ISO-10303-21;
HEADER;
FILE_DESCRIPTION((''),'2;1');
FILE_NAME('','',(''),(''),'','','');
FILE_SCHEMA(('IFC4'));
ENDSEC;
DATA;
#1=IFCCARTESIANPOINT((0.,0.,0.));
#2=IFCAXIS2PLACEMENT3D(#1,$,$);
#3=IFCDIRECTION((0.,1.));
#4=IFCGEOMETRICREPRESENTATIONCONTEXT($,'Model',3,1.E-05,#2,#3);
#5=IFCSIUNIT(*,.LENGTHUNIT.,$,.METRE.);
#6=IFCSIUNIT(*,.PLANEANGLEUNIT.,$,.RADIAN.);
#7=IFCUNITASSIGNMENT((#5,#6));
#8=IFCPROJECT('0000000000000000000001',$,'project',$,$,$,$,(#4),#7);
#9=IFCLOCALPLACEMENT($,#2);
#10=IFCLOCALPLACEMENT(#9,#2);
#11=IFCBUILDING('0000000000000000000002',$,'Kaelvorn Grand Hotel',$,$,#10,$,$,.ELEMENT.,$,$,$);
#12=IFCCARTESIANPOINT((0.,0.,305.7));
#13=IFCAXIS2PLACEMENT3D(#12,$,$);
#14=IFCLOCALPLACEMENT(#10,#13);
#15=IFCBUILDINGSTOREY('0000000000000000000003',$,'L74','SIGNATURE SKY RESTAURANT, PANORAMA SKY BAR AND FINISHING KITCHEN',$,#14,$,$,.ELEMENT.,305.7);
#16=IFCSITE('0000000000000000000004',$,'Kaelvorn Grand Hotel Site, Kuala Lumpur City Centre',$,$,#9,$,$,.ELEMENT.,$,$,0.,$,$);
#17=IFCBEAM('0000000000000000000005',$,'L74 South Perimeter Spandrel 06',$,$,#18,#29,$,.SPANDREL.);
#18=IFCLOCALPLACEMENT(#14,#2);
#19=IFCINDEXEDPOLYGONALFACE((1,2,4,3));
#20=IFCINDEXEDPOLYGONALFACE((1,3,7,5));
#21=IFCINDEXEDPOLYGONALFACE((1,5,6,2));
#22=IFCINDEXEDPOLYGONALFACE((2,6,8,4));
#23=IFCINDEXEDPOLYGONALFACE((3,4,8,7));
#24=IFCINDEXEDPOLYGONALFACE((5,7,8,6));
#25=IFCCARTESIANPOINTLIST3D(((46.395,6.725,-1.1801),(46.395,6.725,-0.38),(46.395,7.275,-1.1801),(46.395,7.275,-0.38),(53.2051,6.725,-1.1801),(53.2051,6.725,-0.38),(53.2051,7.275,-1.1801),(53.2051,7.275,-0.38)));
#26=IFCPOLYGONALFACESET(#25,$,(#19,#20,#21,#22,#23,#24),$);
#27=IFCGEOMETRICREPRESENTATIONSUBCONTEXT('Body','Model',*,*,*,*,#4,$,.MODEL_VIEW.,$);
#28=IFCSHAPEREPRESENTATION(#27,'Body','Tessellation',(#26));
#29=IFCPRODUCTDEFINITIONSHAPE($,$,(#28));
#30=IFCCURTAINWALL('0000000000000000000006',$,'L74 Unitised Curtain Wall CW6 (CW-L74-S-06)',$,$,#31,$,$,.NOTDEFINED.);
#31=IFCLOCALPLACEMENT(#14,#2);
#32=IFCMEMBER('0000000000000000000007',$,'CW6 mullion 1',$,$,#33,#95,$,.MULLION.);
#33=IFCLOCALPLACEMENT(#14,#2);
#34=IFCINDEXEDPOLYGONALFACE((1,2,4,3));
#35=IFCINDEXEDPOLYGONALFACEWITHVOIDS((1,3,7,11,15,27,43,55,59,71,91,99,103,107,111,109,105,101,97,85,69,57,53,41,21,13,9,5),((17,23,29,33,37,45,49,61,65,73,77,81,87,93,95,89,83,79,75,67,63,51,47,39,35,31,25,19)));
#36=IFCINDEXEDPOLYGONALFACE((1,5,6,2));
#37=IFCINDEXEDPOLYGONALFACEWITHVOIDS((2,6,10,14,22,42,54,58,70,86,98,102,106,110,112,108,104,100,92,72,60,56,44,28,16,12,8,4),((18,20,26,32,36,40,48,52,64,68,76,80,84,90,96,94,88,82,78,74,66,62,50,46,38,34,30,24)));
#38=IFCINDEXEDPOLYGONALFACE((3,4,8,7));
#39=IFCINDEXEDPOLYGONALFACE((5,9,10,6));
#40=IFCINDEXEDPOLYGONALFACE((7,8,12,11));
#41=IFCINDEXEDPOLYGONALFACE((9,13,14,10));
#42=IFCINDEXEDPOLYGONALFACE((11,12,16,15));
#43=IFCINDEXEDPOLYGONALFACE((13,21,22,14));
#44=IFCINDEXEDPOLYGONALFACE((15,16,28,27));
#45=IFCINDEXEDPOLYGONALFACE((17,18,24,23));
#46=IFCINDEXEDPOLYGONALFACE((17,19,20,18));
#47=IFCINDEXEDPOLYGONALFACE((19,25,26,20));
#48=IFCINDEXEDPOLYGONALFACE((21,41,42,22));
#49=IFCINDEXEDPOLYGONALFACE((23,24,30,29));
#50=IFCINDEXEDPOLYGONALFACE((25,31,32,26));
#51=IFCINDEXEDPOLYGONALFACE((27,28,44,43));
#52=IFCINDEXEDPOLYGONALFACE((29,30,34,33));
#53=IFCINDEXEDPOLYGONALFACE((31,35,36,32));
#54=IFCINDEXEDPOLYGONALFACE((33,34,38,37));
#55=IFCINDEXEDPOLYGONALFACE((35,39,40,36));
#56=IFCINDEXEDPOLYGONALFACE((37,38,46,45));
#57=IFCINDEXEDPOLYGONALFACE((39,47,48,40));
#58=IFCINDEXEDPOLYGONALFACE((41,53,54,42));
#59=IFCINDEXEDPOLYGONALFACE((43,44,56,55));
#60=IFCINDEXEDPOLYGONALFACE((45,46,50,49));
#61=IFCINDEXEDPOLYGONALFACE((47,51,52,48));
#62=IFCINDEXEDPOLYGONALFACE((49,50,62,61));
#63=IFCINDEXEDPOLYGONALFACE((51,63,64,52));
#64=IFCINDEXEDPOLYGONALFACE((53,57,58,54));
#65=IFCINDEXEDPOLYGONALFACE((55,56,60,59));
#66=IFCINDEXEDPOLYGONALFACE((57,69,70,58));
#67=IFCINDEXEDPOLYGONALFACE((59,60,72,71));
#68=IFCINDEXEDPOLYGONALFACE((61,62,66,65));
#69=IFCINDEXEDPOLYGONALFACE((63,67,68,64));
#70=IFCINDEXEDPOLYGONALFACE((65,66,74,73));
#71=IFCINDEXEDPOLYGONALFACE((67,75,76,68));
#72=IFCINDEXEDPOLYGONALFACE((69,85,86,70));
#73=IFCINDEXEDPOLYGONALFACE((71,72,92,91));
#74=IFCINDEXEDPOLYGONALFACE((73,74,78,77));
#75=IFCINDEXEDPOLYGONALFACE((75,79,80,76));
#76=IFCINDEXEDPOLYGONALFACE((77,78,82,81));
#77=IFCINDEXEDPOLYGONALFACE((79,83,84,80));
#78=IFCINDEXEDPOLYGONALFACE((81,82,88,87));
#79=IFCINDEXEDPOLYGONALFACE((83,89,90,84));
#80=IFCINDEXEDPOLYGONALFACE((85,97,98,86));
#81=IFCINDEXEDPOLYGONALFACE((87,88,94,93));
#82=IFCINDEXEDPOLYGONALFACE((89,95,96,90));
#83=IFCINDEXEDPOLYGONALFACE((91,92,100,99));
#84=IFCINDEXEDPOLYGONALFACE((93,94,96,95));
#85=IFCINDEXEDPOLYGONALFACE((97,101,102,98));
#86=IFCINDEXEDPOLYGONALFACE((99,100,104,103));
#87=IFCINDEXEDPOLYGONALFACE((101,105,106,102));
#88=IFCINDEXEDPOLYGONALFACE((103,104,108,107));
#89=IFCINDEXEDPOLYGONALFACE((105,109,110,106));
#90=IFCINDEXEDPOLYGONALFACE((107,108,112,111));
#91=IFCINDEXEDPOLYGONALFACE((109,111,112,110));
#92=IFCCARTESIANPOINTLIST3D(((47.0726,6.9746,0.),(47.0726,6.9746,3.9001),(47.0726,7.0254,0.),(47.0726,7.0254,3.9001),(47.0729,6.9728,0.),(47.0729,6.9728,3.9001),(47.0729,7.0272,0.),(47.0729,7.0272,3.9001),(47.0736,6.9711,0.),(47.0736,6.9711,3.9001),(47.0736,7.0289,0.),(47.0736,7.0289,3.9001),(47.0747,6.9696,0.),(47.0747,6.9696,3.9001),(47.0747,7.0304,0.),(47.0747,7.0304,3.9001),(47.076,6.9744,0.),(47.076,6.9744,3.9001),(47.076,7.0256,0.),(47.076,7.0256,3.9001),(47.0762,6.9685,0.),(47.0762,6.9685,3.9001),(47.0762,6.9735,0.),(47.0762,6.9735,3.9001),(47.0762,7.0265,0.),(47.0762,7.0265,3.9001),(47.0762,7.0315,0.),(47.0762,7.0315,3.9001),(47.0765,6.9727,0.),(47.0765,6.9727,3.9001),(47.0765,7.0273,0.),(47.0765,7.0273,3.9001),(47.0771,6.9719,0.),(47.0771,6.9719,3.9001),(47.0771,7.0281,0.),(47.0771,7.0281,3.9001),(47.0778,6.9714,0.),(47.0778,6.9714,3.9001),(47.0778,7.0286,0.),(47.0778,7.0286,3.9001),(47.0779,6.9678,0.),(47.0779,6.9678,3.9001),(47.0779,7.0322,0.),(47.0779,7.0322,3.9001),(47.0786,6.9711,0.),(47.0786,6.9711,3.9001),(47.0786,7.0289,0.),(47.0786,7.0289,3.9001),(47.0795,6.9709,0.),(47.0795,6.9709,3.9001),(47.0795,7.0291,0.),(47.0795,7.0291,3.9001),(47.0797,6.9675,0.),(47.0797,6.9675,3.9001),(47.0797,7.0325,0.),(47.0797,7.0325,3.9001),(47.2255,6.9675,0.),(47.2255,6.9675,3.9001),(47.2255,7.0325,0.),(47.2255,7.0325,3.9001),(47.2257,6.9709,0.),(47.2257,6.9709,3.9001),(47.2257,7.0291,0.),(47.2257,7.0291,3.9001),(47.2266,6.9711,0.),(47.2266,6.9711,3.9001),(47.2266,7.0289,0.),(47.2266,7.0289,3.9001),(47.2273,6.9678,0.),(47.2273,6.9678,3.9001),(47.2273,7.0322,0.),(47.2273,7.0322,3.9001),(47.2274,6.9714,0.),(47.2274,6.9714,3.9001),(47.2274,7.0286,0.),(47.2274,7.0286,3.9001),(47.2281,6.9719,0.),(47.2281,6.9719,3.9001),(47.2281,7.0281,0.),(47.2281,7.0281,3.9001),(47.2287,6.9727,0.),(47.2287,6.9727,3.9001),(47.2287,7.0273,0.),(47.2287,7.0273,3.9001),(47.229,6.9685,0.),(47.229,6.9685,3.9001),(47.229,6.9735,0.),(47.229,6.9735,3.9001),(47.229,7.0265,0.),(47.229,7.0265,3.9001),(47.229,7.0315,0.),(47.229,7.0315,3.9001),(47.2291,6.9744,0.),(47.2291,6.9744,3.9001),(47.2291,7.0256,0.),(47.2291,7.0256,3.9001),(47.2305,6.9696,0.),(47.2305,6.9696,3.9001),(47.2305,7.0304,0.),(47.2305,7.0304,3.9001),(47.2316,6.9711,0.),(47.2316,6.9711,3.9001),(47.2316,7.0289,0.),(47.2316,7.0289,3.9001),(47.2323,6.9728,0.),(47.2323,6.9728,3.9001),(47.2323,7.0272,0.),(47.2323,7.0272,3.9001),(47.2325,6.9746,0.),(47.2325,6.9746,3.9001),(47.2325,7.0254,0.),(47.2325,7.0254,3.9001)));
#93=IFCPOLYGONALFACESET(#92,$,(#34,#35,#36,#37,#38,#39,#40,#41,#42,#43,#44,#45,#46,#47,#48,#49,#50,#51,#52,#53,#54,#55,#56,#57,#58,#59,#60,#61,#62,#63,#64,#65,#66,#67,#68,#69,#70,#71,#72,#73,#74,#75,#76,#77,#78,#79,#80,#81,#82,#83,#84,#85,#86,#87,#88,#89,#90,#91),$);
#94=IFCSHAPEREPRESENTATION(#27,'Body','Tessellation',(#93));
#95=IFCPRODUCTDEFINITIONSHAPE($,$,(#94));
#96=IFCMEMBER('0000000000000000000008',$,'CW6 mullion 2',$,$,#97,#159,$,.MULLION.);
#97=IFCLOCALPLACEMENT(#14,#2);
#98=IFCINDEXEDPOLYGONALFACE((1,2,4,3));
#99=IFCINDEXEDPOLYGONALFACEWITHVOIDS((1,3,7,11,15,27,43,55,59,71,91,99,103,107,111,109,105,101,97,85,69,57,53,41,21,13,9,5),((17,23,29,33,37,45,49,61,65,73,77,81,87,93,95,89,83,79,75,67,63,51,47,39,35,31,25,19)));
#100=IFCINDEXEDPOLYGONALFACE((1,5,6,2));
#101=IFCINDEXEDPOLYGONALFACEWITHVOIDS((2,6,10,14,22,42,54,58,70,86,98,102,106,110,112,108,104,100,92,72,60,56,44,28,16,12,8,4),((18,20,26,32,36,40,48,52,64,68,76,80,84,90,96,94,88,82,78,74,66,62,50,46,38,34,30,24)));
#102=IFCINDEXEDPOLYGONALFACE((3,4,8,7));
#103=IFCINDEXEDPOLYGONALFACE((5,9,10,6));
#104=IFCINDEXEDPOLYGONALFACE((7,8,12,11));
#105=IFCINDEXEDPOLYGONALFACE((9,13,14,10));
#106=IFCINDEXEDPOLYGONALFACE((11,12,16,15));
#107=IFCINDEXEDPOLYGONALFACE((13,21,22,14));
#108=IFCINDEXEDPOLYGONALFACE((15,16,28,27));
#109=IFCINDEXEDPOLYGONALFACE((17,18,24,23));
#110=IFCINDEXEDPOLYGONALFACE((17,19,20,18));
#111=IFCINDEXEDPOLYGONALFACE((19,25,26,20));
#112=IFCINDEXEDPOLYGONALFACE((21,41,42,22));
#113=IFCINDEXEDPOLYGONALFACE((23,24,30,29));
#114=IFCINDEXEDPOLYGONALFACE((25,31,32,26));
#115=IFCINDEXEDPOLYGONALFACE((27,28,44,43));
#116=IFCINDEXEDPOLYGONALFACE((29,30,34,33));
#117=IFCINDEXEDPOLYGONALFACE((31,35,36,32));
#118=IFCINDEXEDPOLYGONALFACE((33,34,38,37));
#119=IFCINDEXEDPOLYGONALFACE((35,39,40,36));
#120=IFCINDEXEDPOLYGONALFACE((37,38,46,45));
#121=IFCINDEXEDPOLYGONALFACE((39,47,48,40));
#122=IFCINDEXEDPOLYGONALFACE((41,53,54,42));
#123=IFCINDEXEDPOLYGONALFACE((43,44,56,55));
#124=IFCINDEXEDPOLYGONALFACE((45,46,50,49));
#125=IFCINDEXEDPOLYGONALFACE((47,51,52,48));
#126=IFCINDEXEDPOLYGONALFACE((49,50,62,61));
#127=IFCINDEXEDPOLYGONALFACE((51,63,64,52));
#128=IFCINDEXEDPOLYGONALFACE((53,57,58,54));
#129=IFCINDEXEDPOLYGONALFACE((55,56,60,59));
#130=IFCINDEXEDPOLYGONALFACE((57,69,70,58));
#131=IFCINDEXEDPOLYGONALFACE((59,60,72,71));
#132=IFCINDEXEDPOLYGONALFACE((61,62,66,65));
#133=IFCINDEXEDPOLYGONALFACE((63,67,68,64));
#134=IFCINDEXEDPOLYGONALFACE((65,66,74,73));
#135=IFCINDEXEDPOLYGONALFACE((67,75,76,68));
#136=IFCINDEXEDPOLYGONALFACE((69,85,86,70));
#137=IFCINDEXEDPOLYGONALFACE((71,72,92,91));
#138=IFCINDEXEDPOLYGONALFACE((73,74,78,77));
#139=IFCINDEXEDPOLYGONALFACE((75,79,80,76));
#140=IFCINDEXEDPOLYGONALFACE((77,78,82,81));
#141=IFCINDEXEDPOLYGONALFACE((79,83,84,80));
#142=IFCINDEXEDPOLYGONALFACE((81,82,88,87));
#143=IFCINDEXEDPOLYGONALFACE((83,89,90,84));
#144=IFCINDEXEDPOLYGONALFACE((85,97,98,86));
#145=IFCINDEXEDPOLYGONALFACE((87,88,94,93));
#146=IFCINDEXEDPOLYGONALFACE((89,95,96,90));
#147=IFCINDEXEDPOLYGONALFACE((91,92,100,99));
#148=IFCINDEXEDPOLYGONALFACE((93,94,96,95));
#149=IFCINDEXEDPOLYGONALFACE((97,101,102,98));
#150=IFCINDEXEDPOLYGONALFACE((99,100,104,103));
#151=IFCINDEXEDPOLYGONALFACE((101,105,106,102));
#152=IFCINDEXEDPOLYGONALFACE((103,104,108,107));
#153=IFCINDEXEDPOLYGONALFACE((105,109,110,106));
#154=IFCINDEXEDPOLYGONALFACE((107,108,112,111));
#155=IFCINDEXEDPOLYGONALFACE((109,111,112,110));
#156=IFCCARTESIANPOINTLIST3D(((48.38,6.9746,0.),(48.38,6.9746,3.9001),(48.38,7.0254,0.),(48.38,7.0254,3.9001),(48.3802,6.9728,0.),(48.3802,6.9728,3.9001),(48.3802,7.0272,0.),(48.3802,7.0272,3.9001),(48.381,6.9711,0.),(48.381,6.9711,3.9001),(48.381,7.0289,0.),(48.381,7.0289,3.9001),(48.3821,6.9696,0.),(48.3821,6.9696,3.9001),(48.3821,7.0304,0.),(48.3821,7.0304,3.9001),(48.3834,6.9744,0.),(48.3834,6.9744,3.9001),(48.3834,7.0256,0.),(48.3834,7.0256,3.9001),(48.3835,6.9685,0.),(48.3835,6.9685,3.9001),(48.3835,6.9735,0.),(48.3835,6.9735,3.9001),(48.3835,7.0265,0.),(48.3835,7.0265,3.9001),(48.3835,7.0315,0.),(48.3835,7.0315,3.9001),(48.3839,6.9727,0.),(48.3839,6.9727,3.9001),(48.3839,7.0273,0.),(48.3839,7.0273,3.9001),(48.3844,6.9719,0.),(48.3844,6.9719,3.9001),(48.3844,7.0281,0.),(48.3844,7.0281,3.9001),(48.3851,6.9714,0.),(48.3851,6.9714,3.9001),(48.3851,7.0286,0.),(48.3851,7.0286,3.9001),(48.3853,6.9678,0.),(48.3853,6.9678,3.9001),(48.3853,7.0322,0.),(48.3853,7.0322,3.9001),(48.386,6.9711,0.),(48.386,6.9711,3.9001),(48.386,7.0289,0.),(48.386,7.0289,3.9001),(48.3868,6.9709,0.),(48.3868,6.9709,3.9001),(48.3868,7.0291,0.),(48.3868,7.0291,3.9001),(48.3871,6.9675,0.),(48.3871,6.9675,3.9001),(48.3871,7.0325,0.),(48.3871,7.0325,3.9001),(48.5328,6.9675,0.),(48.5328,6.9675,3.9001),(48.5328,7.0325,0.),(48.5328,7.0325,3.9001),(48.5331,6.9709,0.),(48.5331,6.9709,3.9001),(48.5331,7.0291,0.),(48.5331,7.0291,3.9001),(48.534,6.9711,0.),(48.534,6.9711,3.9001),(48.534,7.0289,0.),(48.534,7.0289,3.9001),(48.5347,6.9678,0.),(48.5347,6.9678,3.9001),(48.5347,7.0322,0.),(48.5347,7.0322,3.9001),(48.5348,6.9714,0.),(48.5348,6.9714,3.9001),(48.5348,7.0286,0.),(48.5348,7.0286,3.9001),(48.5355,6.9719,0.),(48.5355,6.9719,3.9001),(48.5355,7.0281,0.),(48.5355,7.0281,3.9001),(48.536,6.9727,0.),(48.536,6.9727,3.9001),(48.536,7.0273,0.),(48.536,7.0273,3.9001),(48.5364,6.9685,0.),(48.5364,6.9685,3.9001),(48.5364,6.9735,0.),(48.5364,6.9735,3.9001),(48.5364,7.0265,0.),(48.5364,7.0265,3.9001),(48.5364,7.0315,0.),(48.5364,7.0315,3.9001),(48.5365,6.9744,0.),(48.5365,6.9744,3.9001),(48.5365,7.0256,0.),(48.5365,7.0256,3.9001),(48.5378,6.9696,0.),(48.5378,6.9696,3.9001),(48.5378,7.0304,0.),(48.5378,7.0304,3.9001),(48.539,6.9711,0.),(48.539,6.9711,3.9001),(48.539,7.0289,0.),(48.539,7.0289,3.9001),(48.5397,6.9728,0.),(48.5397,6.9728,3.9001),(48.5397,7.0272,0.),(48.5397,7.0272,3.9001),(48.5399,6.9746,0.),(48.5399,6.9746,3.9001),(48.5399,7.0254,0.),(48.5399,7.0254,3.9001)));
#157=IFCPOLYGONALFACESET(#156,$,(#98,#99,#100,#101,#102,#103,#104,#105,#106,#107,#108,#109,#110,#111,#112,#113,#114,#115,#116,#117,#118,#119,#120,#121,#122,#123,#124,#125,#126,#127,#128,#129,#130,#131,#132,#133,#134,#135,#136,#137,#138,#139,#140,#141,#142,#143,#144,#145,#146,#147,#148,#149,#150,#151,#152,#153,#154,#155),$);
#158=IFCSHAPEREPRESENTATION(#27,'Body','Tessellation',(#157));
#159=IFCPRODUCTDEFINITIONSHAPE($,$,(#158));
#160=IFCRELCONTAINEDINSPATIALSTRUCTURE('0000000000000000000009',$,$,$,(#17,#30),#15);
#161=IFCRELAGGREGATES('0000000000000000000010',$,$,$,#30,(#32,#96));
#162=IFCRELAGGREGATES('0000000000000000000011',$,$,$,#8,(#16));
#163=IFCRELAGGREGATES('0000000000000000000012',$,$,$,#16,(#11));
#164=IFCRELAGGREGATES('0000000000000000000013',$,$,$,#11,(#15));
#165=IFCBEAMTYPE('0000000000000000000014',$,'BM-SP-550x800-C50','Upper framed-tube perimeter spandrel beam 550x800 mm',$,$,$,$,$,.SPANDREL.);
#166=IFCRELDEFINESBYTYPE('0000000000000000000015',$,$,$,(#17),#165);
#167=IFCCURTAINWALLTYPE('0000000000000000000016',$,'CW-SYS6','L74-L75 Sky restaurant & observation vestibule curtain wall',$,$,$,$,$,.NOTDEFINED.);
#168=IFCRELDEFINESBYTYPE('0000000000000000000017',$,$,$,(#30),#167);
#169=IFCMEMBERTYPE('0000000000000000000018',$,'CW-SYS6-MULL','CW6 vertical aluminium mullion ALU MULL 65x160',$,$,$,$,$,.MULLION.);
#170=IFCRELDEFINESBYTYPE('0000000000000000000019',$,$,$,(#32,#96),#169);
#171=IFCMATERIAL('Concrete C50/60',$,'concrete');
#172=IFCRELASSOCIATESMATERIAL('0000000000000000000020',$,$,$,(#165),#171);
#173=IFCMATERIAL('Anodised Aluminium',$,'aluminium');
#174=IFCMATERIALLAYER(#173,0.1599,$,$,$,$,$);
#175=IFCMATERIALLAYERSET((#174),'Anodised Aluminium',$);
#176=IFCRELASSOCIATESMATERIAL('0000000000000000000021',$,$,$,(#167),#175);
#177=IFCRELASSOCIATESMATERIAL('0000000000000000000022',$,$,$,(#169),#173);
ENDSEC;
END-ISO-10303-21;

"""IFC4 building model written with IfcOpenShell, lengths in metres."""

from ifc_helpers import new_model, si_unit, direction, frame, origin, origin_2d, place, context, subcontext, project, spatial, rectangle, hollow_rectangle, extrude, material, layer, layer_set, material_profile, profile_set, type_object, element, aggregate, save


model = new_model("IFC4")

# Units and contexts
model_context = context("Model", 3, precision=1e-05, world=origin(), true_north=direction((0.0, 1.0)))
body_context = subcontext(model_context, "Body", "Model", "MODEL_VIEW")
ifc_project = project(units=[si_unit("LENGTHUNIT", "METRE"), si_unit("PLANEANGLEUNIT", "RADIAN")], contexts=[model_context])

# Site, building, storey
site_placement = place(None, origin())
site = spatial("IfcSite", under=ifc_project, at=site_placement, Name="Kaelvorn Grand Hotel Site, Kuala Lumpur City Centre", CompositionType="ELEMENT", RefElevation=0.0)
building_placement = place(site_placement, origin())
building = spatial("IfcBuilding", under=site, at=building_placement, Name="Kaelvorn Grand Hotel", CompositionType="ELEMENT")
storey_placement = place(building_placement, frame((0.0, 0.0, 305.7)))
storey = spatial("IfcBuildingStorey", under=building, at=storey_placement, Name="L74", Description="SIGNATURE SKY RESTAURANT, PANORAMA SKY BAR AND FINISHING KITCHEN", CompositionType="ELEMENT", Elevation=305.7)

# Beam
ifc_material_1 = material(Name="Concrete C50/60", Category="concrete")
ifc_material_profile_1 = material_profile(ifc_material_1, rectangle(XDim=0.55, YDim=0.8, at=origin_2d()), Name="RC SPANDREL 550x800")
ifc_profile_set_1 = profile_set([ifc_material_profile_1], Name="Concrete C50/60")
beam_type_1 = type_object("IfcBeamType", Name="BM-SP-550x800-C50", Description="Upper framed-tube perimeter spandrel beam 550x800 mm", PredefinedType="SPANDREL", material=ifc_profile_set_1)
beam_1_placement = place(storey_placement, frame((46.395, 7.0, -0.78), z_axis=(1.0, 0.0, 0.0), x_axis=(0.0, 1.0, 0.0)))
element("IfcBeam", 1, at=beam_1_placement, inside=storey, type_object=beam_type_1, Name="L74 South Perimeter Spandrel 06", PredefinedType="SPANDREL", context=body_context, shape_type="SweptSolid", body=[
    extrude(rectangle(XDim=0.55, YDim=0.8, at=origin_2d()), origin(), (0.0, 0.0, 1.0), 6.8101),
])

# Curtain wall, members
ifc_material_2 = material(Name="Anodised Aluminium", Category="aluminium")
ifc_layer_1 = layer(ifc_material_2, 0.1599)
ifc_layer_set_1 = layer_set([ifc_layer_1], Name="Anodised Aluminium")
curtain_wall_type = type_object("IfcCurtainWallType", Name="CW-SYS6", Description="L74-L75 Sky restaurant & observation vestibule curtain wall", PredefinedType="NOTDEFINED", material=ifc_layer_set_1)
curtain_wall_placement = place(storey_placement, origin())
curtain_wall = element("IfcCurtainWall", 2, at=curtain_wall_placement, inside=storey, type_object=curtain_wall_type, Name="L74 Unitised Curtain Wall CW6 (CW-L74-S-06)", PredefinedType="NOTDEFINED")
ifc_material_profile_2 = material_profile(ifc_material_2, hollow_rectangle(XDim=0.0649, YDim=0.1599, WallThickness=0.0034, InnerFilletRadius=0.0034, OuterFilletRadius=0.0071, at=origin_2d()), Name="ALU MULL 65x160")
ifc_profile_set_2 = profile_set([ifc_material_profile_2], Name="Anodised Aluminium")
member_type_1 = type_object("IfcMemberType", Name="CW-SYS6-MULL", Description="CW6 vertical aluminium mullion ALU MULL 65x160", PredefinedType="MULLION", material=ifc_profile_set_2)
member_1_placement = place(storey_placement, frame((47.1526, 7.0, 0.0), z_axis=(0.0, 0.0, 1.0), x_axis=(0.0, 1.0, 0.0)))
member_1 = element("IfcMember", 3, at=member_1_placement, type_object=member_type_1, Name="CW6 mullion 1", PredefinedType="MULLION", context=body_context, shape_type="SweptSolid", body=[
    extrude(hollow_rectangle(XDim=0.0649, YDim=0.1599, WallThickness=0.0034, InnerFilletRadius=0.0034, OuterFilletRadius=0.0071, at=origin_2d()), origin(), (0.0, 0.0, 1.0), 3.9001),
])
member_2_placement = place(storey_placement, frame((48.46, 7.0, 0.0), z_axis=(0.0, 0.0, 1.0), x_axis=(0.0, 1.0, 0.0)))
member_2 = element("IfcMember", 4, at=member_2_placement, type_object=member_type_1, Name="CW6 mullion 2", PredefinedType="MULLION", context=body_context, shape_type="SweptSolid", body=[
    extrude(hollow_rectangle(XDim=0.0649, YDim=0.1599, WallThickness=0.0034, InnerFilletRadius=0.0034, OuterFilletRadius=0.0071, at=origin_2d()), origin(), (0.0, 0.0, 1.0), 3.9001),
])
aggregate(curtain_wall, [member_1, member_2])

save(model, "model.ifc")
